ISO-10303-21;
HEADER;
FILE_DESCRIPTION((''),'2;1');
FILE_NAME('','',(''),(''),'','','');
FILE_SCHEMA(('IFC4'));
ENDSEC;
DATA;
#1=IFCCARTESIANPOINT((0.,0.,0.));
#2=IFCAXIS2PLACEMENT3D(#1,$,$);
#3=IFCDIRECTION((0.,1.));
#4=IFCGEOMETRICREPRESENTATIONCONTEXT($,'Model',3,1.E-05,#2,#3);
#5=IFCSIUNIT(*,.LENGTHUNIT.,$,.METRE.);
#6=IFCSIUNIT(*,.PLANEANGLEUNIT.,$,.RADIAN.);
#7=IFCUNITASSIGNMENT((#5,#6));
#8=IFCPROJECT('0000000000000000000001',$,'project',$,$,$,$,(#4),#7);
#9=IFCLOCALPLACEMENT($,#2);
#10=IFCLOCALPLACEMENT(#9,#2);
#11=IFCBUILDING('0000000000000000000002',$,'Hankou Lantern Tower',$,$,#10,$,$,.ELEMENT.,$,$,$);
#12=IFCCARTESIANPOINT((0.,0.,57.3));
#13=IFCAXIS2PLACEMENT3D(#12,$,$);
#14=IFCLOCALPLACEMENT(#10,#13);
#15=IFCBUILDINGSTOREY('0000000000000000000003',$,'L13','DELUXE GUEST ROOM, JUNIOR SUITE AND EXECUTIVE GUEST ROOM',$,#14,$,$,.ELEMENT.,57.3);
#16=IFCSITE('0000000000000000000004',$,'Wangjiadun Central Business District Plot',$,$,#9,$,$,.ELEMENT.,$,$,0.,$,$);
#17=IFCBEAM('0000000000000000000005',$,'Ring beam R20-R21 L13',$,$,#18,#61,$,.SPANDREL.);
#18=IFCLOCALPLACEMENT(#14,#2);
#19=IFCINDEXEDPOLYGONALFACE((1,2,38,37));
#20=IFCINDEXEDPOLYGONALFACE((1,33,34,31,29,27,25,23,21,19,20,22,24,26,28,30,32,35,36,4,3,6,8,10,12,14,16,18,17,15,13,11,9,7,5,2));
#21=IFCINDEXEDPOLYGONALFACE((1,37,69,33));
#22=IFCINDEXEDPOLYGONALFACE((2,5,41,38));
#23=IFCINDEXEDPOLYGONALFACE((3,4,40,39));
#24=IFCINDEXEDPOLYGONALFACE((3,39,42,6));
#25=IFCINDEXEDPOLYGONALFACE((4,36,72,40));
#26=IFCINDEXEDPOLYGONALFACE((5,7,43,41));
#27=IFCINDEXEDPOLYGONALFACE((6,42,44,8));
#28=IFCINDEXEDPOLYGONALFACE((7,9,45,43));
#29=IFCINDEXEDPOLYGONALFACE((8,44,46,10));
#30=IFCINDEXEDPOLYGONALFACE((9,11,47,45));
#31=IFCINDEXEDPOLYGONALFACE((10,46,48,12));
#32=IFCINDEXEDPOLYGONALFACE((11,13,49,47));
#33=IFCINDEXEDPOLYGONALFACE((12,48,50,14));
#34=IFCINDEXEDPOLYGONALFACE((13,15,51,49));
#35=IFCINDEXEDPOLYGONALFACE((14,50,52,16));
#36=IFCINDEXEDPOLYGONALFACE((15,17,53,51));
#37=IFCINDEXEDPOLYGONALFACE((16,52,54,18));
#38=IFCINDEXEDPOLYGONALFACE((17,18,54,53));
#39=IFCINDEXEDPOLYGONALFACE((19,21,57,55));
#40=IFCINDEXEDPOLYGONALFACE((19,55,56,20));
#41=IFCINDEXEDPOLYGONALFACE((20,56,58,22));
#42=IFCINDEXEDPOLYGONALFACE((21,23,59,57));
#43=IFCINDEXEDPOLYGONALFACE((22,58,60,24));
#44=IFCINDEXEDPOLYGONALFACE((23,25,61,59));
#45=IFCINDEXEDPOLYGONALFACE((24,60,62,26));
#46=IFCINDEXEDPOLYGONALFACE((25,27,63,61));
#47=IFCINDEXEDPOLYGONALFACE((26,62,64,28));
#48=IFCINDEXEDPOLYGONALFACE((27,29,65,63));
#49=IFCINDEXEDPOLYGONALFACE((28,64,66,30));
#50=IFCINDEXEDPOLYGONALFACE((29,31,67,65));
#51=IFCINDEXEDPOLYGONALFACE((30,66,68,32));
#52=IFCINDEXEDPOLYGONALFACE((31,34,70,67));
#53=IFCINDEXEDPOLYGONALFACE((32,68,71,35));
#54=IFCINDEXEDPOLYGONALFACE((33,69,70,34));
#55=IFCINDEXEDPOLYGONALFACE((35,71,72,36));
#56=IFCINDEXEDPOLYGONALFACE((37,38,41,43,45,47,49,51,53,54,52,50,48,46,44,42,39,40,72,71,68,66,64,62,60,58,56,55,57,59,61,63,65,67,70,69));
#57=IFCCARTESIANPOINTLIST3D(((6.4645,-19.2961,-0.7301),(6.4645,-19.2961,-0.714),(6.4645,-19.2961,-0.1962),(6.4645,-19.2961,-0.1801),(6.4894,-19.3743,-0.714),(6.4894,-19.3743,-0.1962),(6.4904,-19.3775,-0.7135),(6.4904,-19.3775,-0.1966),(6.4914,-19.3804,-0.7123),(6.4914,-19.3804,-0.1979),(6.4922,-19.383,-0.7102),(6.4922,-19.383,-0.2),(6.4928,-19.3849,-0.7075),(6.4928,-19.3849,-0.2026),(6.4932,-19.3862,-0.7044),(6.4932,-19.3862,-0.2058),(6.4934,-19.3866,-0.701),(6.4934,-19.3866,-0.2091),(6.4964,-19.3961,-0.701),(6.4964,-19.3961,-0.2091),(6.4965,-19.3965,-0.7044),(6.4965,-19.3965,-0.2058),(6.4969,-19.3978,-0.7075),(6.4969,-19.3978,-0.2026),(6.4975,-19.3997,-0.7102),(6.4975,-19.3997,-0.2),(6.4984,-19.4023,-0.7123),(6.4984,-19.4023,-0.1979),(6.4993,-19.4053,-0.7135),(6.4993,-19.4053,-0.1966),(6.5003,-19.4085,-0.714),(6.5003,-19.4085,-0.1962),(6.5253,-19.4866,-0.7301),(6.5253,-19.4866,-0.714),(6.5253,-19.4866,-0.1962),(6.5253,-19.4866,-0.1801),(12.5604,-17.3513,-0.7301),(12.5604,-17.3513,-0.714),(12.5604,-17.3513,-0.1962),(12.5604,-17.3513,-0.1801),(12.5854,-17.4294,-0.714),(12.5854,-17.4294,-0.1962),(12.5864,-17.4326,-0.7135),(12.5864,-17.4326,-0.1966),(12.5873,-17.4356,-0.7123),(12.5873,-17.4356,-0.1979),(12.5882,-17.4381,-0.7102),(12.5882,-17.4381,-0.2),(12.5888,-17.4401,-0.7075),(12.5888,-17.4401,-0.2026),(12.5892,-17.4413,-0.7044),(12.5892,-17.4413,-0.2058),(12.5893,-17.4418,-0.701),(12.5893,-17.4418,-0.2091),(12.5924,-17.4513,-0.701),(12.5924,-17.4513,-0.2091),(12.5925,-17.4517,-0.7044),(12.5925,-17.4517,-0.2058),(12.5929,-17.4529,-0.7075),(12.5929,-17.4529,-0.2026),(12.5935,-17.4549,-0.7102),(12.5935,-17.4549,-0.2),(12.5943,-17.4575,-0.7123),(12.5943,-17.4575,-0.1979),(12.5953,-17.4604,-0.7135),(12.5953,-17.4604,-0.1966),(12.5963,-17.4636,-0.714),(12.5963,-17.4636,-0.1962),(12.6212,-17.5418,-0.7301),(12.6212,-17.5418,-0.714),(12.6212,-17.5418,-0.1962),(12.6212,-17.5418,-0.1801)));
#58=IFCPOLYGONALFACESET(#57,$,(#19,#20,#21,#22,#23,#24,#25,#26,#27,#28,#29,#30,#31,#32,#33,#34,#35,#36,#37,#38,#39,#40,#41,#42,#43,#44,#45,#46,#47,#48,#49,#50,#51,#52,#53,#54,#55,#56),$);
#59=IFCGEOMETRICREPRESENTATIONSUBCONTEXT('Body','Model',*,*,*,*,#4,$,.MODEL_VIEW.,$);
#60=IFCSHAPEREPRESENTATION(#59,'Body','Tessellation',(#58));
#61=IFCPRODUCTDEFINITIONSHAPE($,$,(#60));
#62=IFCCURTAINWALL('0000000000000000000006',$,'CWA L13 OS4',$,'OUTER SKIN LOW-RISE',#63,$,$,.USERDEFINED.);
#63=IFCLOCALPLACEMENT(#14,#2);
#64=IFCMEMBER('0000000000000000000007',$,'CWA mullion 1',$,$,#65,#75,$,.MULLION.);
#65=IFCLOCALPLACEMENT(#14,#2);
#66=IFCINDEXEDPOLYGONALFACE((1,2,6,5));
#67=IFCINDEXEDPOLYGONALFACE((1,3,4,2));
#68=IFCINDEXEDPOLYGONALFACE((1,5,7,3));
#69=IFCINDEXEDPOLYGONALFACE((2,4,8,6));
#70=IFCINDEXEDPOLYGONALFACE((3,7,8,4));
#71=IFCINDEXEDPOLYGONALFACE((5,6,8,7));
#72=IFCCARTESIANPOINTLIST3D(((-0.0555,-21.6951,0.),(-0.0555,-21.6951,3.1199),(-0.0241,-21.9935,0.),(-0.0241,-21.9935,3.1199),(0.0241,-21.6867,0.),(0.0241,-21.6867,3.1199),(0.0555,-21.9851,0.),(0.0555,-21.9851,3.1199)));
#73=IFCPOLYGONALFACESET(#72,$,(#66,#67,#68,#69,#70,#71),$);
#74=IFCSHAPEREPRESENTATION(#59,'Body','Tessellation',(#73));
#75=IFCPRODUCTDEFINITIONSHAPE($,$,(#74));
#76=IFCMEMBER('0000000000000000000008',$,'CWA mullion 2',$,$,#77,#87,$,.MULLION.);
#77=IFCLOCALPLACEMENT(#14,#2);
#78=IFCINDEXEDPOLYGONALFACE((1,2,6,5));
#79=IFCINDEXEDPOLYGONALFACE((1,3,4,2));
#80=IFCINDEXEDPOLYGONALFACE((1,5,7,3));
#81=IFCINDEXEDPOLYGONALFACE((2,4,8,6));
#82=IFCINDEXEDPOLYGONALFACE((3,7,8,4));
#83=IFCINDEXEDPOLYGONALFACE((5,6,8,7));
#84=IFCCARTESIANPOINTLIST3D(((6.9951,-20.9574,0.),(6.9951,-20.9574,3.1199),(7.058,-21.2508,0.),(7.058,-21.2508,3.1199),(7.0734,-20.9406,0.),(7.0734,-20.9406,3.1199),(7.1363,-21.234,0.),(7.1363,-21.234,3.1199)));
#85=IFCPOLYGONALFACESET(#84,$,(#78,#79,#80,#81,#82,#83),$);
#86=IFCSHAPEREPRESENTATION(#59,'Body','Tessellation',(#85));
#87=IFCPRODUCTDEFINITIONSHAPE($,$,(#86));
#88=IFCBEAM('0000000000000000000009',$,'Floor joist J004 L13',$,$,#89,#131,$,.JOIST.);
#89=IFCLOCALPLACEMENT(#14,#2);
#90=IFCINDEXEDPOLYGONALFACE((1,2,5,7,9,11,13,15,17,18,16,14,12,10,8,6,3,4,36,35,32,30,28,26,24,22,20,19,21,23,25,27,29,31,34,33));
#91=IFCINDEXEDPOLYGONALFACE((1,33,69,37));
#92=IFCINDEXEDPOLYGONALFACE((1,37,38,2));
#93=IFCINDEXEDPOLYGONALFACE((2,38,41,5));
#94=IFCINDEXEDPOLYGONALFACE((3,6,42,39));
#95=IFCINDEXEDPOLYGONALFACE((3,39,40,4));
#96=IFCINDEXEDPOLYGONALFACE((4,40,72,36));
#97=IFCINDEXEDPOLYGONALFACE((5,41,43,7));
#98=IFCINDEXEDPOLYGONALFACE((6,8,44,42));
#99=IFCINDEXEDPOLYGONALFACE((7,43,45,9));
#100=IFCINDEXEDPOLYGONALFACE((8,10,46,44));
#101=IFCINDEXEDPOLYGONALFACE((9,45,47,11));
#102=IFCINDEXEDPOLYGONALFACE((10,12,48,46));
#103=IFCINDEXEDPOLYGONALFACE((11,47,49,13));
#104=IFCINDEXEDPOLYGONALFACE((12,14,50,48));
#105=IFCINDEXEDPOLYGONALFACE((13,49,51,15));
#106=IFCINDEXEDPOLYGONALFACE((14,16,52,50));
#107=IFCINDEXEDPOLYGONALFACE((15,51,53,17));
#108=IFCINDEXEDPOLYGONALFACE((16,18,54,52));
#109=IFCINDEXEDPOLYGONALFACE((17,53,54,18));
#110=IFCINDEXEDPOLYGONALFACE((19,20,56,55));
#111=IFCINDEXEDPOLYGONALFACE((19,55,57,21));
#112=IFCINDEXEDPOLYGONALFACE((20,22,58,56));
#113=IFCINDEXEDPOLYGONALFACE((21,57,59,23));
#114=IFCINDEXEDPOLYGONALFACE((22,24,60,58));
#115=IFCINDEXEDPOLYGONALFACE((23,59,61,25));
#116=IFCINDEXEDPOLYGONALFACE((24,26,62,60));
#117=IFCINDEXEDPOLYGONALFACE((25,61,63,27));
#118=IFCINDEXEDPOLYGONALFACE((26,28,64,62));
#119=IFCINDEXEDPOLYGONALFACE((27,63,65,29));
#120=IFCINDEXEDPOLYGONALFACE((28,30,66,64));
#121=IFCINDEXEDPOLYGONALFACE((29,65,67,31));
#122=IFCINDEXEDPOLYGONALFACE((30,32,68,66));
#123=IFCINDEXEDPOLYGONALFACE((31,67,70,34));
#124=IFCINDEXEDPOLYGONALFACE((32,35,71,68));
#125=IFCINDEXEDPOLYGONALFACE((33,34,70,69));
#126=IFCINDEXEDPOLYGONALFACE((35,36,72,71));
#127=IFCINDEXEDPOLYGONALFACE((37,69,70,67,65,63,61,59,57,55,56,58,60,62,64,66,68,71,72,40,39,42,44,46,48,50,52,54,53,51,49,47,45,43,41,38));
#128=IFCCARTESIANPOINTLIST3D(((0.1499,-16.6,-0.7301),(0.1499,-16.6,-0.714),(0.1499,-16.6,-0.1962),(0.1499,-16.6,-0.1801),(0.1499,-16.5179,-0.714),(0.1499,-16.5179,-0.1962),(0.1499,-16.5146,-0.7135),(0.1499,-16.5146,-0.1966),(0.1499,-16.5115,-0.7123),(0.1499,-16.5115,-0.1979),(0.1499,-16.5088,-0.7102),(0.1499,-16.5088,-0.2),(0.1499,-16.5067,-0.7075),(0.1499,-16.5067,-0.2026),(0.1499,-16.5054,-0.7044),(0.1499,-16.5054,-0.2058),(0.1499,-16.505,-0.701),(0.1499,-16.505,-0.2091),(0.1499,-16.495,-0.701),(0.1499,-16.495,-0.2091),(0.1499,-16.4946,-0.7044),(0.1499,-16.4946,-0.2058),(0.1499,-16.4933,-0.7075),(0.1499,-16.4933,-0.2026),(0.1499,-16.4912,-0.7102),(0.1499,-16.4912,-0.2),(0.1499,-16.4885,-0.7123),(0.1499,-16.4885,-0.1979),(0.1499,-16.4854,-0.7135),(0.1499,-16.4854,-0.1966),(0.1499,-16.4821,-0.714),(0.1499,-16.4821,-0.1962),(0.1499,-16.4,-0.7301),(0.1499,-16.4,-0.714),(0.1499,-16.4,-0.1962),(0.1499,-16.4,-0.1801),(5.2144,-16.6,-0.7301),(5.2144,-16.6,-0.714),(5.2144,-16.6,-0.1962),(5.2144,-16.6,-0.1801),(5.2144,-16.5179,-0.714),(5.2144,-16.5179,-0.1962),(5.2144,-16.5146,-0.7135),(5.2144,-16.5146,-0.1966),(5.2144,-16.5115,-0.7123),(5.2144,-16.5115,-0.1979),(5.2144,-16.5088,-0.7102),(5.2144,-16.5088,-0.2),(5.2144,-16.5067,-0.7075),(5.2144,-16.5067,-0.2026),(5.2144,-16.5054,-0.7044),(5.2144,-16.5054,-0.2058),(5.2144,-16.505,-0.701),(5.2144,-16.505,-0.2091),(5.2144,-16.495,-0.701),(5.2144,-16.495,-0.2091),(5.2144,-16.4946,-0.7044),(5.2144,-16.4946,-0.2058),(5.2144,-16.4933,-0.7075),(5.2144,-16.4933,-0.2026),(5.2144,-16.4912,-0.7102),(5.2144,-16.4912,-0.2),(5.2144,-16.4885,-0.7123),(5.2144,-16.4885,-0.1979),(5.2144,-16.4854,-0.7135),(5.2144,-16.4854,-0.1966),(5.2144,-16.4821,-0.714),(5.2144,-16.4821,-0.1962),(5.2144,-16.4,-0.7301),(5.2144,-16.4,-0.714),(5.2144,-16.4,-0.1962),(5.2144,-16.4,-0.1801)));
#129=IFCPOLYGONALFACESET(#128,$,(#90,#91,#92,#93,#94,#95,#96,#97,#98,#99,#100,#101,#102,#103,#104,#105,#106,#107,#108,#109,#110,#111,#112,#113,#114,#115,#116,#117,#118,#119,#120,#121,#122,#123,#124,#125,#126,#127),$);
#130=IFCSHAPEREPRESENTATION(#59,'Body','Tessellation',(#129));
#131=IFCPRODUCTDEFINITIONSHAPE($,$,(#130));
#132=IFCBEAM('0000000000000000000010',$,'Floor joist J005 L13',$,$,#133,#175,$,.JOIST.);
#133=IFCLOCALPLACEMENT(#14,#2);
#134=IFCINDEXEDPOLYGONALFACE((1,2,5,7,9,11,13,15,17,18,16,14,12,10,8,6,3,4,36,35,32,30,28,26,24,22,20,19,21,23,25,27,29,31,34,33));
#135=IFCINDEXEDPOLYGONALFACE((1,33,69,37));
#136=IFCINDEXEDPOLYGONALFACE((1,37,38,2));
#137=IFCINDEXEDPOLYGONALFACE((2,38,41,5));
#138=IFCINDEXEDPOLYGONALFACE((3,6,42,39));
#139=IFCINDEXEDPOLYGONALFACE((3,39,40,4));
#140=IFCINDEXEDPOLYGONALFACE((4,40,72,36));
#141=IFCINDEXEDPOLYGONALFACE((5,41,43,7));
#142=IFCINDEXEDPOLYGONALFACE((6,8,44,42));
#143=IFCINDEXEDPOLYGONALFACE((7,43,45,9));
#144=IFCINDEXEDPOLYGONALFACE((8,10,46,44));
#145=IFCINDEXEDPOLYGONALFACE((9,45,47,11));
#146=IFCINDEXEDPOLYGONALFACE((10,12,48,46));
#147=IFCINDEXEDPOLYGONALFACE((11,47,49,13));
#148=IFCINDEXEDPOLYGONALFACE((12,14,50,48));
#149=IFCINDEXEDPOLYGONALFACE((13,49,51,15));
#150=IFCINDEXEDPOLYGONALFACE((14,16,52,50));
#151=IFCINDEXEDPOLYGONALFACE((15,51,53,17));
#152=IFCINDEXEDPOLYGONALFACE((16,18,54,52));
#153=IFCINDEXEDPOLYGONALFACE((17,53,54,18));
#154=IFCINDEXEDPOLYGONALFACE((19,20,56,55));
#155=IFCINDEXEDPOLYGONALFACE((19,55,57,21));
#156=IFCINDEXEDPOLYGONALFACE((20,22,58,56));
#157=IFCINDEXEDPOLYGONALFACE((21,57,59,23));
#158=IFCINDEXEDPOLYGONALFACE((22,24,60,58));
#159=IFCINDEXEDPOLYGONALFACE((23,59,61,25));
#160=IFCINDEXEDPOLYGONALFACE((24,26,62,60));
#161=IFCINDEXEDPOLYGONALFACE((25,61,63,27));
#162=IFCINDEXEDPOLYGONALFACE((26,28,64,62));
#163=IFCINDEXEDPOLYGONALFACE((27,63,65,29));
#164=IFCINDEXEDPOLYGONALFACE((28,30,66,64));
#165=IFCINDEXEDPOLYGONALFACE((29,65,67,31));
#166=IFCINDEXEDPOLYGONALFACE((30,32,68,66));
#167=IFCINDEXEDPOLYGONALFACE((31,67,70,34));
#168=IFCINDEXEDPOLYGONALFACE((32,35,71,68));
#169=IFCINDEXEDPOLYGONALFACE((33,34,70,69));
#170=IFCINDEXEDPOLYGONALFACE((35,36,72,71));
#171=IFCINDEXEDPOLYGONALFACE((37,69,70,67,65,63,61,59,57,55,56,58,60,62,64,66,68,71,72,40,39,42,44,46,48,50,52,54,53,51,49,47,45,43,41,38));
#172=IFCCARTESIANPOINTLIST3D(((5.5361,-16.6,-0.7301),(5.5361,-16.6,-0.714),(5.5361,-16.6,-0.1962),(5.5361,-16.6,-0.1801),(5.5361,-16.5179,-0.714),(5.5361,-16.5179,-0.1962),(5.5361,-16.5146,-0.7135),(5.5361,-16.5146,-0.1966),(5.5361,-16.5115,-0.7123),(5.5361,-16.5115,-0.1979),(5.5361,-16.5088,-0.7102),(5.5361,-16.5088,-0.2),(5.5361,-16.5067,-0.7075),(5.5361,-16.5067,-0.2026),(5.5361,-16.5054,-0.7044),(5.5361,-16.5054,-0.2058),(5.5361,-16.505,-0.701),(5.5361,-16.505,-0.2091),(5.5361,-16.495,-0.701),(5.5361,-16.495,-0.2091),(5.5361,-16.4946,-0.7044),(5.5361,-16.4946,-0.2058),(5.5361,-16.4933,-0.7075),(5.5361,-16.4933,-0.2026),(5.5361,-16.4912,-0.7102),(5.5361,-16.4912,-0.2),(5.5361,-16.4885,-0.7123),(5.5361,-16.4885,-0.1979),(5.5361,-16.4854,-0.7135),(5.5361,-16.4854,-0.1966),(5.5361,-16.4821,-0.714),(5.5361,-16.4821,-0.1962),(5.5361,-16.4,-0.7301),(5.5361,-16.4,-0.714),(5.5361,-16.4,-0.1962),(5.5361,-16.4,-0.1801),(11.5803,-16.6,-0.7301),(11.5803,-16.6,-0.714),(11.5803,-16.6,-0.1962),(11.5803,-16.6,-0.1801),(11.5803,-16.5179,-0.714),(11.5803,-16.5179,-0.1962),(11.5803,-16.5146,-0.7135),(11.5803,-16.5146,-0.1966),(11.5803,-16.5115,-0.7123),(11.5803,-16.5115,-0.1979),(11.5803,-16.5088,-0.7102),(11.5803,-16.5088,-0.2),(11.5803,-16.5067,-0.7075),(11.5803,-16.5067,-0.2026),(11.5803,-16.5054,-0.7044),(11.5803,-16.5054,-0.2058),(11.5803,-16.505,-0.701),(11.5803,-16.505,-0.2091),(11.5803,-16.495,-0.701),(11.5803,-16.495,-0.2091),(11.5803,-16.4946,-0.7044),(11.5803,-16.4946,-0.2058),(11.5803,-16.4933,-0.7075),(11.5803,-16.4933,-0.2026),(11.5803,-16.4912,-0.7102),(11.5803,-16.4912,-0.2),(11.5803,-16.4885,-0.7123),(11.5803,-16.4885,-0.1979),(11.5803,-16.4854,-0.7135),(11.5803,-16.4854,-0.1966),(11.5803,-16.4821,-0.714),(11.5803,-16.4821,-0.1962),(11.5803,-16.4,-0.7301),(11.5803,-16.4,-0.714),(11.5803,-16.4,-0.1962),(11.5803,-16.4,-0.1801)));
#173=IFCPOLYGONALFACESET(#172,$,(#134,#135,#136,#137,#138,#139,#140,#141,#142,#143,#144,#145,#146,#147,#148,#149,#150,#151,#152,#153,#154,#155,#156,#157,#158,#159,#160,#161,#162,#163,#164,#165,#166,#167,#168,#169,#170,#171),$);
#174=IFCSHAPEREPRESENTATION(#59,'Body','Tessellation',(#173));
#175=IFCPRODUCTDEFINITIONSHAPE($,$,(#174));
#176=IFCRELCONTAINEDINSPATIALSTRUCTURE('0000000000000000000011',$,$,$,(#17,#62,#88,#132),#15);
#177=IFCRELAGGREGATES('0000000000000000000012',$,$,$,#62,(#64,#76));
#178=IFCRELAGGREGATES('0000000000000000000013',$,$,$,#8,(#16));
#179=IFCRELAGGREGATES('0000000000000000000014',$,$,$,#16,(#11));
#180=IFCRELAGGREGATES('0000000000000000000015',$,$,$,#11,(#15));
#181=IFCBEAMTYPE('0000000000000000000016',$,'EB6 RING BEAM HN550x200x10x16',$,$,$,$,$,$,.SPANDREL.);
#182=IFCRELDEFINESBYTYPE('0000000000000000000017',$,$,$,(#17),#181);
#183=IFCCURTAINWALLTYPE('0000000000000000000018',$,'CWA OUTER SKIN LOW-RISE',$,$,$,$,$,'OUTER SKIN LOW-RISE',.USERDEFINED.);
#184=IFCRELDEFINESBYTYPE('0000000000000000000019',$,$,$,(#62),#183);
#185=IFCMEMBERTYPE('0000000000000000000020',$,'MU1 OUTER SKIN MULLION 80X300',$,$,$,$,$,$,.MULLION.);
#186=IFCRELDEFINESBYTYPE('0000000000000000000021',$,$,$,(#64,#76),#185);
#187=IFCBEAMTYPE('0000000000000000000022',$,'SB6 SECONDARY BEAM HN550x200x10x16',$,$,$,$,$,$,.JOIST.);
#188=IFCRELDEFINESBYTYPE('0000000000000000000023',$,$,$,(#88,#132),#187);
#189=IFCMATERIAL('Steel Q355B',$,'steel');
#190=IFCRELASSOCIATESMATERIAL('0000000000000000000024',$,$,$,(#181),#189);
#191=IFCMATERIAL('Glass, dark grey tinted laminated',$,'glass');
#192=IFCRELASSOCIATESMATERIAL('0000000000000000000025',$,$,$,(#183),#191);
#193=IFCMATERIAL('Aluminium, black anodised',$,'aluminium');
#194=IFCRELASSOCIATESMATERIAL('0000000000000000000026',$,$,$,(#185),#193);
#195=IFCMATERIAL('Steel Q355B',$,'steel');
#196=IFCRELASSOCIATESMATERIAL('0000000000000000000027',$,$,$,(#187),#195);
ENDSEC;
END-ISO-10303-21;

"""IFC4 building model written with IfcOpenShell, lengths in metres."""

from ifc_helpers import new_model, si_unit, direction, frame, origin, origin_2d, place, context, subcontext, project, spatial, rectangle, i_section, extrude, material, material_profile, profile_set, type_object, element, aggregate, save


model = new_model("IFC4")

# Units and contexts
model_context = context("Model", 3, precision=1e-05, world=origin(), true_north=direction((0.0, 1.0)))
body_context = subcontext(model_context, "Body", "Model", "MODEL_VIEW")
ifc_project = project(units=[si_unit("LENGTHUNIT", "METRE"), si_unit("PLANEANGLEUNIT", "RADIAN")], contexts=[model_context])

# Site, building, storey
site_placement = place(None, origin())
site = spatial("IfcSite", under=ifc_project, at=site_placement, Name="Wangjiadun Central Business District Plot", CompositionType="ELEMENT", RefElevation=0.0)
building_placement = place(site_placement, origin())
building = spatial("IfcBuilding", under=site, at=building_placement, Name="Hankou Lantern Tower", CompositionType="ELEMENT")
storey_placement = place(building_placement, frame((0.0, 0.0, 57.3)))
storey = spatial("IfcBuildingStorey", under=building, at=storey_placement, Name="L13", Description="DELUXE GUEST ROOM, JUNIOR SUITE AND EXECUTIVE GUEST ROOM", CompositionType="ELEMENT", Elevation=57.3)

# Beam
ifc_material_1 = material(Name="Steel Q355B", Category="steel")
ifc_material_profile_1 = material_profile(ifc_material_1, i_section(OverallWidth=0.2, OverallDepth=0.55, WebThickness=0.01, FlangeThickness=0.0161, FilletRadius=0.0129, at=origin_2d()), Name="HN550x200x10x16")
ifc_profile_set_1 = profile_set([ifc_material_profile_1], Name="Steel Q355B")
beam_type_1 = type_object("IfcBeamType", Name="EB6 RING BEAM HN550x200x10x16", PredefinedType="SPANDREL", material=ifc_profile_set_1)
beam_1_placement = place(storey_placement, frame((6.4949, -19.3914, -0.4551), z_axis=(0.95269, 0.303942, 0.0), x_axis=(-0.303942, 0.95269, 0.0)))
element("IfcBeam", 1, at=beam_1_placement, inside=storey, type_object=beam_type_1, Name="Ring beam R20-R21 L13", PredefinedType="SPANDREL", context=body_context, shape_type="SweptSolid", body=[
    extrude(i_section(OverallWidth=0.2, OverallDepth=0.55, WebThickness=0.01, FlangeThickness=0.0161, FilletRadius=0.0129, at=origin_2d()), origin(), (0.0, 0.0, 1.0), 6.3987),
])

# Curtain wall, members
ifc_material_2 = material(Name="Glass, dark grey tinted laminated", Category="glass")
curtain_wall_type = type_object("IfcCurtainWallType", Name="CWA OUTER SKIN LOW-RISE", ElementType="OUTER SKIN LOW-RISE", PredefinedType="USERDEFINED", material=ifc_material_2)
curtain_wall_placement = place(storey_placement, origin())
curtain_wall = element("IfcCurtainWall", 2, at=curtain_wall_placement, inside=storey, type_object=curtain_wall_type, Name="CWA L13 OS4", ObjectType="OUTER SKIN LOW-RISE", PredefinedType="USERDEFINED")
ifc_material_3 = material(Name="Aluminium, black anodised", Category="aluminium")
ifc_material_profile_2 = material_profile(ifc_material_3, rectangle(XDim=0.0801, YDim=0.3, at=origin_2d()), Name="MU1 80X300")
ifc_profile_set_2 = profile_set([ifc_material_profile_2], Name="Aluminium, black anodised")
member_type_1 = type_object("IfcMemberType", Name="MU1 OUTER SKIN MULLION 80X300", PredefinedType="MULLION", material=ifc_profile_set_2)
member_1_placement = place(storey_placement, frame((0.0, -21.8401, 0.0), z_axis=(0.0, 0.0, 1.0), x_axis=(0.994499, 0.104743, 0.0)))
member_1 = element("IfcMember", 3, at=member_1_placement, type_object=member_type_1, Name="CWA mullion 1", PredefinedType="MULLION", context=body_context, shape_type="SweptSolid", body=[
    extrude(rectangle(XDim=0.0801, YDim=0.3, at=origin_2d()), origin(), (0.0, 0.0, 1.0), 3.1199),
])
member_2_placement = place(storey_placement, frame((7.0657, -21.0957, 0.0), z_axis=(0.0, 0.0, 1.0), x_axis=(0.977788, 0.209598, 0.0)))
member_2 = element("IfcMember", 4, at=member_2_placement, type_object=member_type_1, Name="CWA mullion 2", PredefinedType="MULLION", context=body_context, shape_type="SweptSolid", body=[
    extrude(rectangle(XDim=0.0801, YDim=0.3, at=origin_2d()), origin(), (0.0, 0.0, 1.0), 3.1199),
])

# Beams
ifc_material_4 = material(Name="Steel Q355B", Category="steel")
ifc_material_profile_3 = material_profile(ifc_material_4, i_section(OverallWidth=0.2, OverallDepth=0.55, WebThickness=0.01, FlangeThickness=0.0161, FilletRadius=0.0129, at=origin_2d()), Name="HN550x200x10x16")
ifc_profile_set_3 = profile_set([ifc_material_profile_3], Name="Steel Q355B")
beam_type_2 = type_object("IfcBeamType", Name="SB6 SECONDARY BEAM HN550x200x10x16", PredefinedType="JOIST", material=ifc_profile_set_3)
beam_2_placement = place(storey_placement, frame((0.1499, -16.5, -0.4551), z_axis=(1.0, 0.0, 0.0), x_axis=(0.0, 1.0, 0.0)))
element("IfcBeam", 5, at=beam_2_placement, inside=storey, type_object=beam_type_2, Name="Floor joist J004 L13", PredefinedType="JOIST", context=body_context, shape_type="SweptSolid", body=[
    extrude(i_section(OverallWidth=0.2, OverallDepth=0.55, WebThickness=0.01, FlangeThickness=0.0161, FilletRadius=0.0129, at=origin_2d()), origin(), (0.0, 0.0, 1.0), 5.0645),
])
beam_3_placement = place(storey_placement, frame((5.5361, -16.5, -0.4551), z_axis=(1.0, 0.0, 0.0), x_axis=(0.0, 1.0, 0.0)))
element("IfcBeam", 6, at=beam_3_placement, inside=storey, type_object=beam_type_2, Name="Floor joist J005 L13", PredefinedType="JOIST", context=body_context, shape_type="SweptSolid", body=[
    extrude(i_section(OverallWidth=0.2, OverallDepth=0.55, WebThickness=0.01, FlangeThickness=0.0161, FilletRadius=0.0129, at=origin_2d()), origin(), (0.0, 0.0, 1.0), 6.0442),
])

aggregate(curtain_wall, [member_1, member_2])

save(model, "model.ifc")
